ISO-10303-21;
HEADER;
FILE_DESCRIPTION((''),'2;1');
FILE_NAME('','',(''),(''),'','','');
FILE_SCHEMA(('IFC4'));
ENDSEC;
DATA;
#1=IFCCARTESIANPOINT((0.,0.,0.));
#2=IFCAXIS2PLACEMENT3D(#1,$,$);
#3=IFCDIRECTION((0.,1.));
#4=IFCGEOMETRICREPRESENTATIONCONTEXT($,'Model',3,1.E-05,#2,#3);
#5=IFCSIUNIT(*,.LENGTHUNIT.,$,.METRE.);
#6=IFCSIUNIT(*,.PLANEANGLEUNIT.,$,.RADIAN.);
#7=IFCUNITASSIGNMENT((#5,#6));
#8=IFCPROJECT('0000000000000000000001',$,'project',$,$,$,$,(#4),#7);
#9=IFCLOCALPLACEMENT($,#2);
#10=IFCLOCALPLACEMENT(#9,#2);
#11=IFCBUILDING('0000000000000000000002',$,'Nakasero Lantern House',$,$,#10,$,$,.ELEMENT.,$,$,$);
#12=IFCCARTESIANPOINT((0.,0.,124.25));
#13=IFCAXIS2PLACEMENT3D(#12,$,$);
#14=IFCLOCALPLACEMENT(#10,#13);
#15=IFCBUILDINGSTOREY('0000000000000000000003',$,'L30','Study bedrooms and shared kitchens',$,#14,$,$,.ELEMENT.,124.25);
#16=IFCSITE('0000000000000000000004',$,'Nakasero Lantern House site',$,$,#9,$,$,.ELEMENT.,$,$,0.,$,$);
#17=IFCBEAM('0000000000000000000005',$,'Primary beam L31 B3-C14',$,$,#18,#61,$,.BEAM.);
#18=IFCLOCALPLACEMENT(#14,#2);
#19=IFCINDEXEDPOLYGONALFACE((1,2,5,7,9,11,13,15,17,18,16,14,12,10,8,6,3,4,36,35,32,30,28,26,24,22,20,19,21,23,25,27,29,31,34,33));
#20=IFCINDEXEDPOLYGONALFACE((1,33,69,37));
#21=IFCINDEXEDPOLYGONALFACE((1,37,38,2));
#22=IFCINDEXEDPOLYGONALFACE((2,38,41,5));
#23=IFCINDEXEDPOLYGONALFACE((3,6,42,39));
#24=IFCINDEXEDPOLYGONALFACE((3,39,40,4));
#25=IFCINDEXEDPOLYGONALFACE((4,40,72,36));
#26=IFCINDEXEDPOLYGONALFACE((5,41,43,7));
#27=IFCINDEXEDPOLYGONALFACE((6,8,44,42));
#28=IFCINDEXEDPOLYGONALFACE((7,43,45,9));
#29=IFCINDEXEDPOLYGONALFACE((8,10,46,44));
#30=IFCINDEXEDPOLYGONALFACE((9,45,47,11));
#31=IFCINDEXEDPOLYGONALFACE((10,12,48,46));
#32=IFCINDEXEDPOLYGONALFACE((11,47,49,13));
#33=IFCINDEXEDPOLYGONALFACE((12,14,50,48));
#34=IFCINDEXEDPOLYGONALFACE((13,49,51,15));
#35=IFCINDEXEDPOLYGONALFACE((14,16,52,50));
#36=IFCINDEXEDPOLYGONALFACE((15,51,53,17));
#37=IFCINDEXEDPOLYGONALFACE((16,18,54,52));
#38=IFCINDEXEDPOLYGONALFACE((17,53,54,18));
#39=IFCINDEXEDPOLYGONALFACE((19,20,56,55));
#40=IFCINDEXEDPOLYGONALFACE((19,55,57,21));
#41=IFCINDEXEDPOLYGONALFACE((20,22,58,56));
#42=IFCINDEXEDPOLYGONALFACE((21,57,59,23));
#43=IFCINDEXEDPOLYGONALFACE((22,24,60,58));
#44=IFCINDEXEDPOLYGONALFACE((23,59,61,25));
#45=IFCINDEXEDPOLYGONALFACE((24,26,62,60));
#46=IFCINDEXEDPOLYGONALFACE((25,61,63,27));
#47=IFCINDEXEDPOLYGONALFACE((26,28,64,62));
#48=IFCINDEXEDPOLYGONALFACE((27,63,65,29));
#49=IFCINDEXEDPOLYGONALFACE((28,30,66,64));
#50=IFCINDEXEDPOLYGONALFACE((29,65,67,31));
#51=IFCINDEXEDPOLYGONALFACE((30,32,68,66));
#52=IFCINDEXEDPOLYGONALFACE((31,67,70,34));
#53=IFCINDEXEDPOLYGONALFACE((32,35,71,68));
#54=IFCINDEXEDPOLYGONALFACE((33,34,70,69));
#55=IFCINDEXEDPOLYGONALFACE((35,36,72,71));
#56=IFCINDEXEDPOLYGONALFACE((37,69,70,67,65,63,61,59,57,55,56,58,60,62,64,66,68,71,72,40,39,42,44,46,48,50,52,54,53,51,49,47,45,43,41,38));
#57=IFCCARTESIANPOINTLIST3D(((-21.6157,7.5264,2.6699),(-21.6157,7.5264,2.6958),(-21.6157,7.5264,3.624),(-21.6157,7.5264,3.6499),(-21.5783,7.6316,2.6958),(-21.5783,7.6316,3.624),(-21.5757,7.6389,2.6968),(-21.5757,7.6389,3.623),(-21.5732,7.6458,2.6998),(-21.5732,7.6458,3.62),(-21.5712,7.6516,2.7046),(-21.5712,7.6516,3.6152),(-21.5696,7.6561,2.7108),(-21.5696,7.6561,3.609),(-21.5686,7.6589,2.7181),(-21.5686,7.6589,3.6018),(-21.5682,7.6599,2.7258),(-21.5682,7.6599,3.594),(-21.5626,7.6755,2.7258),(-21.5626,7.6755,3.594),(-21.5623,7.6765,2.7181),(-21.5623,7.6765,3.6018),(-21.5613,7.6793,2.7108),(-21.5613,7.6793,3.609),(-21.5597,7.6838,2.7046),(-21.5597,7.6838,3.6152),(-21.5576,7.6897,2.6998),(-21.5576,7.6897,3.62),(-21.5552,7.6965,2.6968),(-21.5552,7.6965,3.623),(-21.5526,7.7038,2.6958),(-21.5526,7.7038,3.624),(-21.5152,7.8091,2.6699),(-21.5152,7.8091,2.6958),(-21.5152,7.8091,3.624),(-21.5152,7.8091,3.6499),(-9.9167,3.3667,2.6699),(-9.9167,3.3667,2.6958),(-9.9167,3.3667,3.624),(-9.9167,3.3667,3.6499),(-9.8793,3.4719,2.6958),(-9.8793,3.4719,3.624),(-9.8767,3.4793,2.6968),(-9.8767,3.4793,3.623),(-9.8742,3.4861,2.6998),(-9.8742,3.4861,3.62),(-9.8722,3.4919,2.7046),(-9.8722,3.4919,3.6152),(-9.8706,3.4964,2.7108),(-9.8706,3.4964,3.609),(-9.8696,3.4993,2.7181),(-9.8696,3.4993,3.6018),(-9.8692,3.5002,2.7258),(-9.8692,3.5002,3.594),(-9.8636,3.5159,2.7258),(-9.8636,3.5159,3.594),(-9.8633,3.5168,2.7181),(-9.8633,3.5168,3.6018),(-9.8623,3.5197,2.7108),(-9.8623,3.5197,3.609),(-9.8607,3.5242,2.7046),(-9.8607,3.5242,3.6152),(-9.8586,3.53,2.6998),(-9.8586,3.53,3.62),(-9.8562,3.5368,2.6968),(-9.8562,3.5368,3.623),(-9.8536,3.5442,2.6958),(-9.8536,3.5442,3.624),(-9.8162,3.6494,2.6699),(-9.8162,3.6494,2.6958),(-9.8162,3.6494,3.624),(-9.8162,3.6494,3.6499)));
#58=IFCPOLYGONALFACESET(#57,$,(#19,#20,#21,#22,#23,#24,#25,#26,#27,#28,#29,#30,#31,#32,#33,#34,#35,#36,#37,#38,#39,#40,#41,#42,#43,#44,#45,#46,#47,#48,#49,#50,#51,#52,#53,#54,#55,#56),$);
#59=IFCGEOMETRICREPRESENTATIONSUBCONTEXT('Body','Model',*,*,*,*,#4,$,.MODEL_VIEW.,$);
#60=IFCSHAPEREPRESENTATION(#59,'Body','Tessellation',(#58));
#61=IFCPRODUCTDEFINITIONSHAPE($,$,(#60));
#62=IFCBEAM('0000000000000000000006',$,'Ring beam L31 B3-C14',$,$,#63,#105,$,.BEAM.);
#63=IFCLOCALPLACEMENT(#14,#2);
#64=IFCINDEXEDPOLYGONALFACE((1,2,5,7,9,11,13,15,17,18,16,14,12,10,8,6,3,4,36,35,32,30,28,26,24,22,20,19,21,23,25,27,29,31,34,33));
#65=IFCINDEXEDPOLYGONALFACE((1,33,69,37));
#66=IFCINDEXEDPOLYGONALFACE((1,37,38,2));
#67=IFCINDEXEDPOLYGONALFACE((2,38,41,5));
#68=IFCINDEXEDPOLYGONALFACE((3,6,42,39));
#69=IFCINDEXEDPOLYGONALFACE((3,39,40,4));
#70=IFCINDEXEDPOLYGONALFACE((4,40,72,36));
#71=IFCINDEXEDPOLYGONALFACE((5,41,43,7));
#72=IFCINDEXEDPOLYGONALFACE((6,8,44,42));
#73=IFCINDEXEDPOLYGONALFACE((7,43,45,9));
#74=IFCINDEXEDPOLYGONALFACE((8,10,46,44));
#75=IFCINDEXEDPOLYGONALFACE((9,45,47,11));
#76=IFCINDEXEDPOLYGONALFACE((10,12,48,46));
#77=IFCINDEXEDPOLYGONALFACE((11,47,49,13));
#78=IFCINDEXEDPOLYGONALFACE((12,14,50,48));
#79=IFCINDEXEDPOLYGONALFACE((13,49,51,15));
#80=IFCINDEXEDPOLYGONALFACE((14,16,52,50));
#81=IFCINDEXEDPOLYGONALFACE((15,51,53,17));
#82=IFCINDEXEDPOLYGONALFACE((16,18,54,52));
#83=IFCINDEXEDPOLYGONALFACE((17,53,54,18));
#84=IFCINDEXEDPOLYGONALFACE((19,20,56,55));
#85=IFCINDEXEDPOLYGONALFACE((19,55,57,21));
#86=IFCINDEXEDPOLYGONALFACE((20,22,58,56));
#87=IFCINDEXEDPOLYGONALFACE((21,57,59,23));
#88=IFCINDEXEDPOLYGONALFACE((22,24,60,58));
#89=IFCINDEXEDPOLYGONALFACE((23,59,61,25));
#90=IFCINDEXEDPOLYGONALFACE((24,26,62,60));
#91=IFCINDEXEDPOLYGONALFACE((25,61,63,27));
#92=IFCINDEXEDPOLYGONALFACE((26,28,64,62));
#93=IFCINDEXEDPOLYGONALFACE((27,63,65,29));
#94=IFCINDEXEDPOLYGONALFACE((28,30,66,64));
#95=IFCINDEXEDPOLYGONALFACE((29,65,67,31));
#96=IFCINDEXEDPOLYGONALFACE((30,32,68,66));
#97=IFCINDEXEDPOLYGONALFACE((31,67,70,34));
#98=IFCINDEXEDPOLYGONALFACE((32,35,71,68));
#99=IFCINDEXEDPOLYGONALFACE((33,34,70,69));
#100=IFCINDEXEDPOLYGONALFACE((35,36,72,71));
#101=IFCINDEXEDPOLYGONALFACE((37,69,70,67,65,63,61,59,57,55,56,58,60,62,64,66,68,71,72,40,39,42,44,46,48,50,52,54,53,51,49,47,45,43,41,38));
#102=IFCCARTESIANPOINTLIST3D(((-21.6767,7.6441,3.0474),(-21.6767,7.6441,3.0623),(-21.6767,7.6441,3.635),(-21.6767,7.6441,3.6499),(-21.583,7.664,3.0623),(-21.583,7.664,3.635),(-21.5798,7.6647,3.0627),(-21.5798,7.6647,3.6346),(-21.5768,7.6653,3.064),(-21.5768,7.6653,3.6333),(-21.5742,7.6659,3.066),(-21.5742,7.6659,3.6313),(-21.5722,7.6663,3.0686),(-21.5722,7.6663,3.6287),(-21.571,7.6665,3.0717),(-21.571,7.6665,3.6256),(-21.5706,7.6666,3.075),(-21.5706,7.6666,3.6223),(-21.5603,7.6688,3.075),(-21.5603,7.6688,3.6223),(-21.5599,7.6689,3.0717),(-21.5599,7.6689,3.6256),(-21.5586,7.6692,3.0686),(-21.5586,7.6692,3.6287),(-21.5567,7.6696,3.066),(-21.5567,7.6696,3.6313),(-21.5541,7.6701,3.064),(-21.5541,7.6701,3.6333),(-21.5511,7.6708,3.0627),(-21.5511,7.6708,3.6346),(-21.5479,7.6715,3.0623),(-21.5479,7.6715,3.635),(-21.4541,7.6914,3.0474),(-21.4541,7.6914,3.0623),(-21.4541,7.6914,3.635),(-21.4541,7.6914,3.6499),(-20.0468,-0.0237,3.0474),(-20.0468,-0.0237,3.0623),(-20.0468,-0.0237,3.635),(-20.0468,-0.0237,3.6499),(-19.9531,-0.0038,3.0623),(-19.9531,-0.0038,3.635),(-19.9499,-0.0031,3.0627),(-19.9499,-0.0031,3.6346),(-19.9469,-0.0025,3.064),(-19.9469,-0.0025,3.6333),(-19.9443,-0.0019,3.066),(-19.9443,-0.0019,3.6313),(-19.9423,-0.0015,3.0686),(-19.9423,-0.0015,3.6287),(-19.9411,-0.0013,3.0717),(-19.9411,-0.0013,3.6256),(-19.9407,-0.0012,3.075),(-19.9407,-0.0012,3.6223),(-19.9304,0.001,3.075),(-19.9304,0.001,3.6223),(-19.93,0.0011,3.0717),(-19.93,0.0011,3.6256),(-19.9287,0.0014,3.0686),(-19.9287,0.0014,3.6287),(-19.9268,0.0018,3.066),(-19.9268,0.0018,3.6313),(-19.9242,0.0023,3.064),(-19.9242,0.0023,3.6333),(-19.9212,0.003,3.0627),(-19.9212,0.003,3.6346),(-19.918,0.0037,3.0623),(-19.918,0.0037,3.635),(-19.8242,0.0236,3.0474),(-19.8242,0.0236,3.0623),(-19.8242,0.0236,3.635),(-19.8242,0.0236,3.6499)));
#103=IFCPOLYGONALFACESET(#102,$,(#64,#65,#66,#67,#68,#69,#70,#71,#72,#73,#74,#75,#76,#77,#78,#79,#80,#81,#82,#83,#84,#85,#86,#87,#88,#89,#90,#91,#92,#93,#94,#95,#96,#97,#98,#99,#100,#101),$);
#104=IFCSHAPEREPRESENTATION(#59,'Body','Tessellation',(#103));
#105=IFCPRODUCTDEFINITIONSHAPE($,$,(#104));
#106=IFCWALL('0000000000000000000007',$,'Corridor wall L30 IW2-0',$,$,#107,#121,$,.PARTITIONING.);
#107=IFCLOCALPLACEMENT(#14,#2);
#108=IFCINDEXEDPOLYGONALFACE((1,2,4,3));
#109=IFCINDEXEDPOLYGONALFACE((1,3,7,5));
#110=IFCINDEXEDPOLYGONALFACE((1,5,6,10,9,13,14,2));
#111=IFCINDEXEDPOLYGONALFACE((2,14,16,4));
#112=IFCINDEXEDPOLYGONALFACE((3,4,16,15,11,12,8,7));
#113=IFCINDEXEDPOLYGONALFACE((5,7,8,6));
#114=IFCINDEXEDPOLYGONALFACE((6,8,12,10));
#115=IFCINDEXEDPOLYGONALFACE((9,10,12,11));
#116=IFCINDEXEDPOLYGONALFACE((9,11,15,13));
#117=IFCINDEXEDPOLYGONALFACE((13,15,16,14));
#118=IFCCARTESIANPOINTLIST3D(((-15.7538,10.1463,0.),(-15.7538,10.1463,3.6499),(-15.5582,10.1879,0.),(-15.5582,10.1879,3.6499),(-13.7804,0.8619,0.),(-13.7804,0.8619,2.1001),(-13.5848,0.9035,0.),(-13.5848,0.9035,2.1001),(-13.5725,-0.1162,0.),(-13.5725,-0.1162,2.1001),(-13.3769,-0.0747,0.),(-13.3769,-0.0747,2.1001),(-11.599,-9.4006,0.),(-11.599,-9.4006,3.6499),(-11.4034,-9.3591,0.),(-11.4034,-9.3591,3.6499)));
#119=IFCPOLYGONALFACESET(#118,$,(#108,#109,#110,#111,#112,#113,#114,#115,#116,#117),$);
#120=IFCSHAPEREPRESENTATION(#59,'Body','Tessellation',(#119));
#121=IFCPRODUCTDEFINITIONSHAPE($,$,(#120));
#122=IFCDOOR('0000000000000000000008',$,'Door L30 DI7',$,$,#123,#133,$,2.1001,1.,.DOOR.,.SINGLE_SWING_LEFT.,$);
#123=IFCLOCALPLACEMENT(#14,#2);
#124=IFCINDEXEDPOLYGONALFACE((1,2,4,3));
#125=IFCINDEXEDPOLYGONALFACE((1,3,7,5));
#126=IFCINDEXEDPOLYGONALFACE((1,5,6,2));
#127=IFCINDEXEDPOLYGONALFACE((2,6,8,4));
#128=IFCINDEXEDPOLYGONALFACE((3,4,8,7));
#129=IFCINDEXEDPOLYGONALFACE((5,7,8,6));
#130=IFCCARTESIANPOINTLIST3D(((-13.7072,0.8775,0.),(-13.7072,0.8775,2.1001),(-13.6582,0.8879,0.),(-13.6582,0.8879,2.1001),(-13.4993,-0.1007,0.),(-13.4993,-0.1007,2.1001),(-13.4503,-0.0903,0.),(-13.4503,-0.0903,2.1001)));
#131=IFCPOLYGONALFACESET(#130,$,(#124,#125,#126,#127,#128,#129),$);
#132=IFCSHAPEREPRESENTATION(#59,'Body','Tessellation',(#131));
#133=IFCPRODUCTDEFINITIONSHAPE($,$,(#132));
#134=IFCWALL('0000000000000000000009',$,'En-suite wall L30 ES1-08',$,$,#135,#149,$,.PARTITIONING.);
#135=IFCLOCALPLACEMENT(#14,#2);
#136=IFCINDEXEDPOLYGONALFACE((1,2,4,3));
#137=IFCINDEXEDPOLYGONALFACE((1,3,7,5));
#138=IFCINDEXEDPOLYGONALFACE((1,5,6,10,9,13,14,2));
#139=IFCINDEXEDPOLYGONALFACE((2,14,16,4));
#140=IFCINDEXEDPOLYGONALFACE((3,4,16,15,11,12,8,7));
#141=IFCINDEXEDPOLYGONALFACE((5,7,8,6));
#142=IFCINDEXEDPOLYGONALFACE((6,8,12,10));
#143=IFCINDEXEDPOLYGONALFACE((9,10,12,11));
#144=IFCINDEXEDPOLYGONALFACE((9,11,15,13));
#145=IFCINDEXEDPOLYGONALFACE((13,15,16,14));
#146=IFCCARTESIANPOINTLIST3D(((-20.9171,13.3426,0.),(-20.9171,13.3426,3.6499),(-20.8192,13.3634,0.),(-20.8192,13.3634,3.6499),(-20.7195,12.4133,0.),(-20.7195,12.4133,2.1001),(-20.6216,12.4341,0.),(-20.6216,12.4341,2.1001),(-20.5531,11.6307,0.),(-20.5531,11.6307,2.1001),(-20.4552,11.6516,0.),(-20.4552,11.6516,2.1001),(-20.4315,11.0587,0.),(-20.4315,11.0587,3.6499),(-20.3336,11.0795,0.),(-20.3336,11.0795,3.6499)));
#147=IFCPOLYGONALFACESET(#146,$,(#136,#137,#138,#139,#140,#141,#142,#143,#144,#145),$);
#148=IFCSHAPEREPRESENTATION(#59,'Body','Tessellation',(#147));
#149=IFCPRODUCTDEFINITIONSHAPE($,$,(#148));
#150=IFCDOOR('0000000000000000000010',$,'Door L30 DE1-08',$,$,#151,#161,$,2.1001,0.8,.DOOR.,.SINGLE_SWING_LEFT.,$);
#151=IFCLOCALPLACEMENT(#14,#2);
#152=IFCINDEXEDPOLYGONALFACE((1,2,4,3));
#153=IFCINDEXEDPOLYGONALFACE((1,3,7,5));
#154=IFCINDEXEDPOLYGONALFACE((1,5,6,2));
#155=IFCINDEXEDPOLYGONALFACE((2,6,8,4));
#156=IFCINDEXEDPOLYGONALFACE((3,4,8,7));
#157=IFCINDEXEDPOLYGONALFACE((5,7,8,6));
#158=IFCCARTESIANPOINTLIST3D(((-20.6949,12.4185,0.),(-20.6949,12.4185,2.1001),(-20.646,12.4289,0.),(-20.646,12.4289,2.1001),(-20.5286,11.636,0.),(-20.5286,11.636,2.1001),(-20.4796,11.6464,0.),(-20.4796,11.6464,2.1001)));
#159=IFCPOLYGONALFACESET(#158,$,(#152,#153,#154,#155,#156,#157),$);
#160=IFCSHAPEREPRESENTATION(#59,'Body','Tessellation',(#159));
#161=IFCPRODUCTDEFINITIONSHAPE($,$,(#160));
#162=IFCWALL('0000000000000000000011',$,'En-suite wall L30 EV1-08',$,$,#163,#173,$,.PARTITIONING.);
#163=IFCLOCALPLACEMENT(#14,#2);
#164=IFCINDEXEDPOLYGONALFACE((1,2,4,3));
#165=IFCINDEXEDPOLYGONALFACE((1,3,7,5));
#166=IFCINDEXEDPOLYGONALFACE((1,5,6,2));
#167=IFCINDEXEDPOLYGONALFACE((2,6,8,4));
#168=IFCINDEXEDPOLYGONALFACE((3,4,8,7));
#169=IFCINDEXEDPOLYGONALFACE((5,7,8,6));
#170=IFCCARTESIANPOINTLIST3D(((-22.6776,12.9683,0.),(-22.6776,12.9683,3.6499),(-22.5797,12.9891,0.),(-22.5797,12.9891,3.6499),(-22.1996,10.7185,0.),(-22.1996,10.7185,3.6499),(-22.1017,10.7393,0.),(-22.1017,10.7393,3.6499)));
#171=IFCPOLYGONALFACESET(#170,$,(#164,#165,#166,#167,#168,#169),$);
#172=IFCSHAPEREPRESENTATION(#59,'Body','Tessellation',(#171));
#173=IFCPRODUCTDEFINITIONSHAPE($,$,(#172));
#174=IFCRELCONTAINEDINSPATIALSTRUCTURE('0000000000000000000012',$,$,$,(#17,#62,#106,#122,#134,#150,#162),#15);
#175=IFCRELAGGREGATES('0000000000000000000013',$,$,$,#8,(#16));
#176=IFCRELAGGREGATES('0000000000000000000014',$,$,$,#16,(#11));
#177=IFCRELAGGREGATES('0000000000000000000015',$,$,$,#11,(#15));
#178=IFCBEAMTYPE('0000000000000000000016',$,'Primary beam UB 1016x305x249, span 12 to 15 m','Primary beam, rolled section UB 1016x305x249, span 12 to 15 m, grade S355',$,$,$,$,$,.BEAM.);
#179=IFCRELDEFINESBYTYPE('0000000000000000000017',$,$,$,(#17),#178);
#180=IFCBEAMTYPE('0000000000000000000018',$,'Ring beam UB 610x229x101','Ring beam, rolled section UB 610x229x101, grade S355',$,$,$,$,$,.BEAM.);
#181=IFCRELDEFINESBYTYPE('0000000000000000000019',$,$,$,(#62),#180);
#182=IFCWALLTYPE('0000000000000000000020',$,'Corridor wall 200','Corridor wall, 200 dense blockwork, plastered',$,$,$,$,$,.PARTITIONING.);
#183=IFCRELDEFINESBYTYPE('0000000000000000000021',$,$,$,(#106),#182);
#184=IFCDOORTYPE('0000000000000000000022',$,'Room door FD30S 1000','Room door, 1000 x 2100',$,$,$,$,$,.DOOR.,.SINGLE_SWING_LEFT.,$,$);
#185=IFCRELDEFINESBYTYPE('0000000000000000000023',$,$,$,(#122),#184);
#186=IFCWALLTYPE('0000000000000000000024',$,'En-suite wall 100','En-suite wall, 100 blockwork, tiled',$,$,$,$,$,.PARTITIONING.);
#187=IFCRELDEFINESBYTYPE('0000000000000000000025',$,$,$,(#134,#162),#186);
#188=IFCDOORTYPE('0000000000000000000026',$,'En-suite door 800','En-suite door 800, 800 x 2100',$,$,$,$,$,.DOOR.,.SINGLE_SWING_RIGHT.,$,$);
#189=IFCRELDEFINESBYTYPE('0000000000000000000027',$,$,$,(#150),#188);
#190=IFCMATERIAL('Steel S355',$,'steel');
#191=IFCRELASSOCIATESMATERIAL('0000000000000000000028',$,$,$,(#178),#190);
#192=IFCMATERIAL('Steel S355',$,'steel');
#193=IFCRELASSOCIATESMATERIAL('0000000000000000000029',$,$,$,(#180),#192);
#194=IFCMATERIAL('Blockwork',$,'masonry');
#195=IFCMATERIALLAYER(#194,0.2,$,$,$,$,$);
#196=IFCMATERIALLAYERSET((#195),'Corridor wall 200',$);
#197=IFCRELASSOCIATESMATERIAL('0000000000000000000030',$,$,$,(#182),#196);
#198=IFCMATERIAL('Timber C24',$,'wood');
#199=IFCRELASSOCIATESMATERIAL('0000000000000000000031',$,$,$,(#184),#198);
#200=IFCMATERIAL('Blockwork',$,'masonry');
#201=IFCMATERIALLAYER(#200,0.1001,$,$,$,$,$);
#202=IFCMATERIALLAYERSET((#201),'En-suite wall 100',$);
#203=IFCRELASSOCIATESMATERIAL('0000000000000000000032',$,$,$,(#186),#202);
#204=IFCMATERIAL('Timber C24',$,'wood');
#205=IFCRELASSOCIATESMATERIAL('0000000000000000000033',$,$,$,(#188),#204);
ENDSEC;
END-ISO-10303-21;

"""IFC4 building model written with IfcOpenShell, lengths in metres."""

from ifc_helpers import new_model, si_unit, direction, frame, frame_2d, origin, origin_2d, place, context, subcontext, project, spatial, rectangle, i_section, extrude, material, layer, layer_set, material_profile, profile_set, type_object, element, fill, save


model = new_model("IFC4")

# Units and contexts
model_context = context("Model", 3, precision=1e-05, world=origin(), true_north=direction((0.0, 1.0)))
body_context = subcontext(model_context, "Body", "Model", "MODEL_VIEW")
ifc_project = project(units=[si_unit("LENGTHUNIT", "METRE"), si_unit("PLANEANGLEUNIT", "RADIAN")], contexts=[model_context])

# Site, building, storey
site_placement = place(None, origin())
site = spatial("IfcSite", under=ifc_project, at=site_placement, Name="Nakasero Lantern House site", CompositionType="ELEMENT", RefElevation=0.0)
building_placement = place(site_placement, origin())
building = spatial("IfcBuilding", under=site, at=building_placement, Name="Nakasero Lantern House", CompositionType="ELEMENT")
storey_placement = place(building_placement, frame((0.0, 0.0, 124.25)))
storey = spatial("IfcBuildingStorey", under=building, at=storey_placement, Name="L30", Description="Study bedrooms and shared kitchens", CompositionType="ELEMENT", Elevation=124.25)

# Beams
ifc_material_1 = material(Name="Steel S355", Category="steel")
ifc_material_profile_1 = material_profile(ifc_material_1, i_section(OverallWidth=0.3, OverallDepth=0.98, WebThickness=0.0166, FlangeThickness=0.0259, FilletRadius=0.03, at=origin_2d()), Name="UB 1016x305x249")
ifc_profile_set_1 = profile_set([ifc_material_profile_1], Name="Steel S355")
beam_type_1 = type_object("IfcBeamType", Name="Primary beam UB 1016x305x249, span 12 to 15 m", Description="Primary beam, rolled section UB 1016x305x249, span 12 to 15 m, grade S355", PredefinedType="BEAM", material=ifc_profile_set_1)
beam_1_placement = place(storey_placement, frame((-21.5654, 7.6677, 3.1599), z_axis=(0.942214, -0.335012, 0.0), x_axis=(0.335012, 0.942214, 0.0)))
element("IfcBeam", 1, at=beam_1_placement, inside=storey, type_object=beam_type_1, Name="Primary beam L31 B3-C14", PredefinedType="BEAM", context=body_context, shape_type="SweptSolid", body=[
    extrude(i_section(OverallWidth=0.3, OverallDepth=0.98, WebThickness=0.0166, FlangeThickness=0.0259, FilletRadius=0.03, at=origin_2d()), origin(), (0.0, 0.0, 1.0), 12.4165),
])
ifc_material_2 = material(Name="Steel S355", Category="steel")
ifc_material_profile_2 = material_profile(ifc_material_2, i_section(OverallWidth=0.2275, OverallDepth=0.6025, WebThickness=0.0105, FlangeThickness=0.0149, FilletRadius=0.0127, at=origin_2d()), Name="UB 610x229x101")
ifc_profile_set_2 = profile_set([ifc_material_profile_2], Name="Steel S355")
beam_type_2 = type_object("IfcBeamType", Name="Ring beam UB 610x229x101", Description="Ring beam, rolled section UB 610x229x101, grade S355", PredefinedType="BEAM", material=ifc_profile_set_2)
beam_2_placement = place(storey_placement, frame((-21.5654, 7.6677, 3.3486), z_axis=(0.207919, -0.978146, 0.0), x_axis=(0.978146, 0.207919, 0.0)))
element("IfcBeam", 2, at=beam_2_placement, inside=storey, type_object=beam_type_2, Name="Ring beam L31 B3-C14", PredefinedType="BEAM", context=body_context, shape_type="SweptSolid", body=[
    extrude(i_section(OverallWidth=0.2275, OverallDepth=0.6025, WebThickness=0.0105, FlangeThickness=0.0149, FilletRadius=0.0127, at=origin_2d()), origin(), (0.0, 0.0, 1.0), 7.8391),
])

# Walls, openings, doors
ifc_material_3 = material(Name="Blockwork", Category="masonry")
ifc_layer_1 = layer(ifc_material_3, 0.2)
ifc_layer_set_1 = layer_set([ifc_layer_1], Name="Corridor wall 200")
wall_type_1 = type_object("IfcWallType", Name="Corridor wall 200", Description="Corridor wall, 200 dense blockwork, plastered", PredefinedType="PARTITIONING", material=ifc_layer_set_1)
wall_1_placement = place(storey_placement, frame((-15.656, 10.167, 0.0), z_axis=(0.0, 0.0, 1.0), x_axis=(0.20791, -0.978148, 0.0)))
wall_1 = element("IfcWall", 3, at=wall_1_placement, inside=storey, type_object=wall_type_1, Name="Corridor wall L30 IW2-0", PredefinedType="PARTITIONING", context=body_context, shape_type="SweptSolid", body=[
    extrude(rectangle(XDim=19.9836, YDim=0.2, at=frame_2d((9.9917, 0.0))), origin(), (0.0, 0.0, 1.0), 3.6499),
])
opening_1_placement = place(wall_1_placement, frame((9.4917, 0.0, 0.0)))
opening_1 = element("IfcOpeningElement", 4, at=opening_1_placement, cuts=wall_1, PredefinedType="OPENING", context=body_context, shape_type="SweptSolid", body=[
    extrude(rectangle(XDim=1.0, YDim=2.1001, at=frame_2d((0.5, 1.05))), frame((0.0, 0.1199, 0.0), z_axis=(0.0, -1.0, 0.0), x_axis=(1.0, 0.0, 0.0)), (0.0, 0.0, 1.0), 0.24),
])
ifc_material_4 = material(Name="Timber C24", Category="wood")
door_type_1 = type_object("IfcDoorType", Name="Room door FD30S 1000", Description="Room door, 1000 x 2100", OperationType="SINGLE_SWING_LEFT", PredefinedType="DOOR", material=ifc_material_4)
door_1_placement = place(opening_1_placement, origin())
door_1 = element("IfcDoor", 5, at=door_1_placement, inside=storey, type_object=door_type_1, Name="Door L30 DI7", OperationType="SINGLE_SWING_LEFT", OverallHeight=2.1001, OverallWidth=1.0, PredefinedType="DOOR", context=body_context, shape_type="SweptSolid", body=[
    extrude(rectangle(XDim=1.0, YDim=2.1001, at=frame_2d((0.5, 1.05))), frame((0.0, 0.0249, 0.0), z_axis=(0.0, -1.0, 0.0), x_axis=(1.0, 0.0, 0.0)), (0.0, 0.0, 1.0), 0.05),
])
fill(opening_1, door_1)
ifc_material_5 = material(Name="Blockwork", Category="masonry")
ifc_layer_2 = layer(ifc_material_5, 0.1001)
ifc_layer_set_2 = layer_set([ifc_layer_2], Name="En-suite wall 100")
wall_type_2 = type_object("IfcWallType", Name="En-suite wall 100", Description="En-suite wall, 100 blockwork, tiled", PredefinedType="PARTITIONING", material=ifc_layer_set_2)
wall_2_placement = place(storey_placement, frame((-20.3826, 11.0691, 0.0), z_axis=(0.0, 0.0, 1.0), x_axis=(-0.207965, 0.978136, 0.0)))
wall_2 = element("IfcWall", 6, at=wall_2_placement, inside=storey, type_object=wall_type_2, Name="En-suite wall L30 ES1-08", PredefinedType="PARTITIONING", context=body_context, shape_type="SweptSolid", body=[
    extrude(rectangle(XDim=2.335, YDim=0.1001, at=frame_2d((1.1675, 0.0))), origin(), (0.0, 0.0, 1.0), 3.6499),
])
opening_2_placement = place(wall_2_placement, frame((0.585, 0.0, 0.0)))
opening_2 = element("IfcOpeningElement", 7, at=opening_2_placement, cuts=wall_2, PredefinedType="OPENING", context=body_context, shape_type="SweptSolid", body=[
    extrude(rectangle(XDim=0.8, YDim=2.1001, at=frame_2d((0.3999, 1.05))), frame((0.0, 0.0701, 0.0), z_axis=(0.0, -1.0, 0.0), x_axis=(1.0, 0.0, 0.0)), (0.0, 0.0, 1.0), 0.1401),
])
ifc_material_6 = material(Name="Timber C24", Category="wood")
door_type_2 = type_object("IfcDoorType", Name="En-suite door 800", Description="En-suite door 800, 800 x 2100", OperationType="SINGLE_SWING_RIGHT", PredefinedType="DOOR", material=ifc_material_6)
door_2_placement = place(opening_2_placement, origin())
door_2 = element("IfcDoor", 8, at=door_2_placement, inside=storey, type_object=door_type_2, Name="Door L30 DE1-08", OperationType="SINGLE_SWING_LEFT", OverallHeight=2.1001, OverallWidth=0.8, PredefinedType="DOOR", context=body_context, shape_type="SweptSolid", body=[
    extrude(rectangle(XDim=0.8, YDim=2.1001, at=frame_2d((0.3999, 1.05))), frame((0.0, 0.0249, 0.0), z_axis=(0.0, -1.0, 0.0), x_axis=(1.0, 0.0, 0.0)), (0.0, 0.0, 1.0), 0.05),
])
fill(opening_2, door_2)

# Wall
wall_3_placement = place(storey_placement, frame((-22.1506, 10.729, 0.0), z_axis=(0.0, 0.0, 1.0), x_axis=(-0.20784, 0.978163, 0.0)))
element("IfcWall", 9, at=wall_3_placement, inside=storey, type_object=wall_type_2, Name="En-suite wall L30 EV1-08", PredefinedType="PARTITIONING", context=body_context, shape_type="SweptSolid", body=[
    extrude(rectangle(XDim=2.3, YDim=0.1001, at=frame_2d((1.1499, 0.0))), origin(), (0.0, 0.0, 1.0), 3.6499),
])

save(model, "model.ifc")
